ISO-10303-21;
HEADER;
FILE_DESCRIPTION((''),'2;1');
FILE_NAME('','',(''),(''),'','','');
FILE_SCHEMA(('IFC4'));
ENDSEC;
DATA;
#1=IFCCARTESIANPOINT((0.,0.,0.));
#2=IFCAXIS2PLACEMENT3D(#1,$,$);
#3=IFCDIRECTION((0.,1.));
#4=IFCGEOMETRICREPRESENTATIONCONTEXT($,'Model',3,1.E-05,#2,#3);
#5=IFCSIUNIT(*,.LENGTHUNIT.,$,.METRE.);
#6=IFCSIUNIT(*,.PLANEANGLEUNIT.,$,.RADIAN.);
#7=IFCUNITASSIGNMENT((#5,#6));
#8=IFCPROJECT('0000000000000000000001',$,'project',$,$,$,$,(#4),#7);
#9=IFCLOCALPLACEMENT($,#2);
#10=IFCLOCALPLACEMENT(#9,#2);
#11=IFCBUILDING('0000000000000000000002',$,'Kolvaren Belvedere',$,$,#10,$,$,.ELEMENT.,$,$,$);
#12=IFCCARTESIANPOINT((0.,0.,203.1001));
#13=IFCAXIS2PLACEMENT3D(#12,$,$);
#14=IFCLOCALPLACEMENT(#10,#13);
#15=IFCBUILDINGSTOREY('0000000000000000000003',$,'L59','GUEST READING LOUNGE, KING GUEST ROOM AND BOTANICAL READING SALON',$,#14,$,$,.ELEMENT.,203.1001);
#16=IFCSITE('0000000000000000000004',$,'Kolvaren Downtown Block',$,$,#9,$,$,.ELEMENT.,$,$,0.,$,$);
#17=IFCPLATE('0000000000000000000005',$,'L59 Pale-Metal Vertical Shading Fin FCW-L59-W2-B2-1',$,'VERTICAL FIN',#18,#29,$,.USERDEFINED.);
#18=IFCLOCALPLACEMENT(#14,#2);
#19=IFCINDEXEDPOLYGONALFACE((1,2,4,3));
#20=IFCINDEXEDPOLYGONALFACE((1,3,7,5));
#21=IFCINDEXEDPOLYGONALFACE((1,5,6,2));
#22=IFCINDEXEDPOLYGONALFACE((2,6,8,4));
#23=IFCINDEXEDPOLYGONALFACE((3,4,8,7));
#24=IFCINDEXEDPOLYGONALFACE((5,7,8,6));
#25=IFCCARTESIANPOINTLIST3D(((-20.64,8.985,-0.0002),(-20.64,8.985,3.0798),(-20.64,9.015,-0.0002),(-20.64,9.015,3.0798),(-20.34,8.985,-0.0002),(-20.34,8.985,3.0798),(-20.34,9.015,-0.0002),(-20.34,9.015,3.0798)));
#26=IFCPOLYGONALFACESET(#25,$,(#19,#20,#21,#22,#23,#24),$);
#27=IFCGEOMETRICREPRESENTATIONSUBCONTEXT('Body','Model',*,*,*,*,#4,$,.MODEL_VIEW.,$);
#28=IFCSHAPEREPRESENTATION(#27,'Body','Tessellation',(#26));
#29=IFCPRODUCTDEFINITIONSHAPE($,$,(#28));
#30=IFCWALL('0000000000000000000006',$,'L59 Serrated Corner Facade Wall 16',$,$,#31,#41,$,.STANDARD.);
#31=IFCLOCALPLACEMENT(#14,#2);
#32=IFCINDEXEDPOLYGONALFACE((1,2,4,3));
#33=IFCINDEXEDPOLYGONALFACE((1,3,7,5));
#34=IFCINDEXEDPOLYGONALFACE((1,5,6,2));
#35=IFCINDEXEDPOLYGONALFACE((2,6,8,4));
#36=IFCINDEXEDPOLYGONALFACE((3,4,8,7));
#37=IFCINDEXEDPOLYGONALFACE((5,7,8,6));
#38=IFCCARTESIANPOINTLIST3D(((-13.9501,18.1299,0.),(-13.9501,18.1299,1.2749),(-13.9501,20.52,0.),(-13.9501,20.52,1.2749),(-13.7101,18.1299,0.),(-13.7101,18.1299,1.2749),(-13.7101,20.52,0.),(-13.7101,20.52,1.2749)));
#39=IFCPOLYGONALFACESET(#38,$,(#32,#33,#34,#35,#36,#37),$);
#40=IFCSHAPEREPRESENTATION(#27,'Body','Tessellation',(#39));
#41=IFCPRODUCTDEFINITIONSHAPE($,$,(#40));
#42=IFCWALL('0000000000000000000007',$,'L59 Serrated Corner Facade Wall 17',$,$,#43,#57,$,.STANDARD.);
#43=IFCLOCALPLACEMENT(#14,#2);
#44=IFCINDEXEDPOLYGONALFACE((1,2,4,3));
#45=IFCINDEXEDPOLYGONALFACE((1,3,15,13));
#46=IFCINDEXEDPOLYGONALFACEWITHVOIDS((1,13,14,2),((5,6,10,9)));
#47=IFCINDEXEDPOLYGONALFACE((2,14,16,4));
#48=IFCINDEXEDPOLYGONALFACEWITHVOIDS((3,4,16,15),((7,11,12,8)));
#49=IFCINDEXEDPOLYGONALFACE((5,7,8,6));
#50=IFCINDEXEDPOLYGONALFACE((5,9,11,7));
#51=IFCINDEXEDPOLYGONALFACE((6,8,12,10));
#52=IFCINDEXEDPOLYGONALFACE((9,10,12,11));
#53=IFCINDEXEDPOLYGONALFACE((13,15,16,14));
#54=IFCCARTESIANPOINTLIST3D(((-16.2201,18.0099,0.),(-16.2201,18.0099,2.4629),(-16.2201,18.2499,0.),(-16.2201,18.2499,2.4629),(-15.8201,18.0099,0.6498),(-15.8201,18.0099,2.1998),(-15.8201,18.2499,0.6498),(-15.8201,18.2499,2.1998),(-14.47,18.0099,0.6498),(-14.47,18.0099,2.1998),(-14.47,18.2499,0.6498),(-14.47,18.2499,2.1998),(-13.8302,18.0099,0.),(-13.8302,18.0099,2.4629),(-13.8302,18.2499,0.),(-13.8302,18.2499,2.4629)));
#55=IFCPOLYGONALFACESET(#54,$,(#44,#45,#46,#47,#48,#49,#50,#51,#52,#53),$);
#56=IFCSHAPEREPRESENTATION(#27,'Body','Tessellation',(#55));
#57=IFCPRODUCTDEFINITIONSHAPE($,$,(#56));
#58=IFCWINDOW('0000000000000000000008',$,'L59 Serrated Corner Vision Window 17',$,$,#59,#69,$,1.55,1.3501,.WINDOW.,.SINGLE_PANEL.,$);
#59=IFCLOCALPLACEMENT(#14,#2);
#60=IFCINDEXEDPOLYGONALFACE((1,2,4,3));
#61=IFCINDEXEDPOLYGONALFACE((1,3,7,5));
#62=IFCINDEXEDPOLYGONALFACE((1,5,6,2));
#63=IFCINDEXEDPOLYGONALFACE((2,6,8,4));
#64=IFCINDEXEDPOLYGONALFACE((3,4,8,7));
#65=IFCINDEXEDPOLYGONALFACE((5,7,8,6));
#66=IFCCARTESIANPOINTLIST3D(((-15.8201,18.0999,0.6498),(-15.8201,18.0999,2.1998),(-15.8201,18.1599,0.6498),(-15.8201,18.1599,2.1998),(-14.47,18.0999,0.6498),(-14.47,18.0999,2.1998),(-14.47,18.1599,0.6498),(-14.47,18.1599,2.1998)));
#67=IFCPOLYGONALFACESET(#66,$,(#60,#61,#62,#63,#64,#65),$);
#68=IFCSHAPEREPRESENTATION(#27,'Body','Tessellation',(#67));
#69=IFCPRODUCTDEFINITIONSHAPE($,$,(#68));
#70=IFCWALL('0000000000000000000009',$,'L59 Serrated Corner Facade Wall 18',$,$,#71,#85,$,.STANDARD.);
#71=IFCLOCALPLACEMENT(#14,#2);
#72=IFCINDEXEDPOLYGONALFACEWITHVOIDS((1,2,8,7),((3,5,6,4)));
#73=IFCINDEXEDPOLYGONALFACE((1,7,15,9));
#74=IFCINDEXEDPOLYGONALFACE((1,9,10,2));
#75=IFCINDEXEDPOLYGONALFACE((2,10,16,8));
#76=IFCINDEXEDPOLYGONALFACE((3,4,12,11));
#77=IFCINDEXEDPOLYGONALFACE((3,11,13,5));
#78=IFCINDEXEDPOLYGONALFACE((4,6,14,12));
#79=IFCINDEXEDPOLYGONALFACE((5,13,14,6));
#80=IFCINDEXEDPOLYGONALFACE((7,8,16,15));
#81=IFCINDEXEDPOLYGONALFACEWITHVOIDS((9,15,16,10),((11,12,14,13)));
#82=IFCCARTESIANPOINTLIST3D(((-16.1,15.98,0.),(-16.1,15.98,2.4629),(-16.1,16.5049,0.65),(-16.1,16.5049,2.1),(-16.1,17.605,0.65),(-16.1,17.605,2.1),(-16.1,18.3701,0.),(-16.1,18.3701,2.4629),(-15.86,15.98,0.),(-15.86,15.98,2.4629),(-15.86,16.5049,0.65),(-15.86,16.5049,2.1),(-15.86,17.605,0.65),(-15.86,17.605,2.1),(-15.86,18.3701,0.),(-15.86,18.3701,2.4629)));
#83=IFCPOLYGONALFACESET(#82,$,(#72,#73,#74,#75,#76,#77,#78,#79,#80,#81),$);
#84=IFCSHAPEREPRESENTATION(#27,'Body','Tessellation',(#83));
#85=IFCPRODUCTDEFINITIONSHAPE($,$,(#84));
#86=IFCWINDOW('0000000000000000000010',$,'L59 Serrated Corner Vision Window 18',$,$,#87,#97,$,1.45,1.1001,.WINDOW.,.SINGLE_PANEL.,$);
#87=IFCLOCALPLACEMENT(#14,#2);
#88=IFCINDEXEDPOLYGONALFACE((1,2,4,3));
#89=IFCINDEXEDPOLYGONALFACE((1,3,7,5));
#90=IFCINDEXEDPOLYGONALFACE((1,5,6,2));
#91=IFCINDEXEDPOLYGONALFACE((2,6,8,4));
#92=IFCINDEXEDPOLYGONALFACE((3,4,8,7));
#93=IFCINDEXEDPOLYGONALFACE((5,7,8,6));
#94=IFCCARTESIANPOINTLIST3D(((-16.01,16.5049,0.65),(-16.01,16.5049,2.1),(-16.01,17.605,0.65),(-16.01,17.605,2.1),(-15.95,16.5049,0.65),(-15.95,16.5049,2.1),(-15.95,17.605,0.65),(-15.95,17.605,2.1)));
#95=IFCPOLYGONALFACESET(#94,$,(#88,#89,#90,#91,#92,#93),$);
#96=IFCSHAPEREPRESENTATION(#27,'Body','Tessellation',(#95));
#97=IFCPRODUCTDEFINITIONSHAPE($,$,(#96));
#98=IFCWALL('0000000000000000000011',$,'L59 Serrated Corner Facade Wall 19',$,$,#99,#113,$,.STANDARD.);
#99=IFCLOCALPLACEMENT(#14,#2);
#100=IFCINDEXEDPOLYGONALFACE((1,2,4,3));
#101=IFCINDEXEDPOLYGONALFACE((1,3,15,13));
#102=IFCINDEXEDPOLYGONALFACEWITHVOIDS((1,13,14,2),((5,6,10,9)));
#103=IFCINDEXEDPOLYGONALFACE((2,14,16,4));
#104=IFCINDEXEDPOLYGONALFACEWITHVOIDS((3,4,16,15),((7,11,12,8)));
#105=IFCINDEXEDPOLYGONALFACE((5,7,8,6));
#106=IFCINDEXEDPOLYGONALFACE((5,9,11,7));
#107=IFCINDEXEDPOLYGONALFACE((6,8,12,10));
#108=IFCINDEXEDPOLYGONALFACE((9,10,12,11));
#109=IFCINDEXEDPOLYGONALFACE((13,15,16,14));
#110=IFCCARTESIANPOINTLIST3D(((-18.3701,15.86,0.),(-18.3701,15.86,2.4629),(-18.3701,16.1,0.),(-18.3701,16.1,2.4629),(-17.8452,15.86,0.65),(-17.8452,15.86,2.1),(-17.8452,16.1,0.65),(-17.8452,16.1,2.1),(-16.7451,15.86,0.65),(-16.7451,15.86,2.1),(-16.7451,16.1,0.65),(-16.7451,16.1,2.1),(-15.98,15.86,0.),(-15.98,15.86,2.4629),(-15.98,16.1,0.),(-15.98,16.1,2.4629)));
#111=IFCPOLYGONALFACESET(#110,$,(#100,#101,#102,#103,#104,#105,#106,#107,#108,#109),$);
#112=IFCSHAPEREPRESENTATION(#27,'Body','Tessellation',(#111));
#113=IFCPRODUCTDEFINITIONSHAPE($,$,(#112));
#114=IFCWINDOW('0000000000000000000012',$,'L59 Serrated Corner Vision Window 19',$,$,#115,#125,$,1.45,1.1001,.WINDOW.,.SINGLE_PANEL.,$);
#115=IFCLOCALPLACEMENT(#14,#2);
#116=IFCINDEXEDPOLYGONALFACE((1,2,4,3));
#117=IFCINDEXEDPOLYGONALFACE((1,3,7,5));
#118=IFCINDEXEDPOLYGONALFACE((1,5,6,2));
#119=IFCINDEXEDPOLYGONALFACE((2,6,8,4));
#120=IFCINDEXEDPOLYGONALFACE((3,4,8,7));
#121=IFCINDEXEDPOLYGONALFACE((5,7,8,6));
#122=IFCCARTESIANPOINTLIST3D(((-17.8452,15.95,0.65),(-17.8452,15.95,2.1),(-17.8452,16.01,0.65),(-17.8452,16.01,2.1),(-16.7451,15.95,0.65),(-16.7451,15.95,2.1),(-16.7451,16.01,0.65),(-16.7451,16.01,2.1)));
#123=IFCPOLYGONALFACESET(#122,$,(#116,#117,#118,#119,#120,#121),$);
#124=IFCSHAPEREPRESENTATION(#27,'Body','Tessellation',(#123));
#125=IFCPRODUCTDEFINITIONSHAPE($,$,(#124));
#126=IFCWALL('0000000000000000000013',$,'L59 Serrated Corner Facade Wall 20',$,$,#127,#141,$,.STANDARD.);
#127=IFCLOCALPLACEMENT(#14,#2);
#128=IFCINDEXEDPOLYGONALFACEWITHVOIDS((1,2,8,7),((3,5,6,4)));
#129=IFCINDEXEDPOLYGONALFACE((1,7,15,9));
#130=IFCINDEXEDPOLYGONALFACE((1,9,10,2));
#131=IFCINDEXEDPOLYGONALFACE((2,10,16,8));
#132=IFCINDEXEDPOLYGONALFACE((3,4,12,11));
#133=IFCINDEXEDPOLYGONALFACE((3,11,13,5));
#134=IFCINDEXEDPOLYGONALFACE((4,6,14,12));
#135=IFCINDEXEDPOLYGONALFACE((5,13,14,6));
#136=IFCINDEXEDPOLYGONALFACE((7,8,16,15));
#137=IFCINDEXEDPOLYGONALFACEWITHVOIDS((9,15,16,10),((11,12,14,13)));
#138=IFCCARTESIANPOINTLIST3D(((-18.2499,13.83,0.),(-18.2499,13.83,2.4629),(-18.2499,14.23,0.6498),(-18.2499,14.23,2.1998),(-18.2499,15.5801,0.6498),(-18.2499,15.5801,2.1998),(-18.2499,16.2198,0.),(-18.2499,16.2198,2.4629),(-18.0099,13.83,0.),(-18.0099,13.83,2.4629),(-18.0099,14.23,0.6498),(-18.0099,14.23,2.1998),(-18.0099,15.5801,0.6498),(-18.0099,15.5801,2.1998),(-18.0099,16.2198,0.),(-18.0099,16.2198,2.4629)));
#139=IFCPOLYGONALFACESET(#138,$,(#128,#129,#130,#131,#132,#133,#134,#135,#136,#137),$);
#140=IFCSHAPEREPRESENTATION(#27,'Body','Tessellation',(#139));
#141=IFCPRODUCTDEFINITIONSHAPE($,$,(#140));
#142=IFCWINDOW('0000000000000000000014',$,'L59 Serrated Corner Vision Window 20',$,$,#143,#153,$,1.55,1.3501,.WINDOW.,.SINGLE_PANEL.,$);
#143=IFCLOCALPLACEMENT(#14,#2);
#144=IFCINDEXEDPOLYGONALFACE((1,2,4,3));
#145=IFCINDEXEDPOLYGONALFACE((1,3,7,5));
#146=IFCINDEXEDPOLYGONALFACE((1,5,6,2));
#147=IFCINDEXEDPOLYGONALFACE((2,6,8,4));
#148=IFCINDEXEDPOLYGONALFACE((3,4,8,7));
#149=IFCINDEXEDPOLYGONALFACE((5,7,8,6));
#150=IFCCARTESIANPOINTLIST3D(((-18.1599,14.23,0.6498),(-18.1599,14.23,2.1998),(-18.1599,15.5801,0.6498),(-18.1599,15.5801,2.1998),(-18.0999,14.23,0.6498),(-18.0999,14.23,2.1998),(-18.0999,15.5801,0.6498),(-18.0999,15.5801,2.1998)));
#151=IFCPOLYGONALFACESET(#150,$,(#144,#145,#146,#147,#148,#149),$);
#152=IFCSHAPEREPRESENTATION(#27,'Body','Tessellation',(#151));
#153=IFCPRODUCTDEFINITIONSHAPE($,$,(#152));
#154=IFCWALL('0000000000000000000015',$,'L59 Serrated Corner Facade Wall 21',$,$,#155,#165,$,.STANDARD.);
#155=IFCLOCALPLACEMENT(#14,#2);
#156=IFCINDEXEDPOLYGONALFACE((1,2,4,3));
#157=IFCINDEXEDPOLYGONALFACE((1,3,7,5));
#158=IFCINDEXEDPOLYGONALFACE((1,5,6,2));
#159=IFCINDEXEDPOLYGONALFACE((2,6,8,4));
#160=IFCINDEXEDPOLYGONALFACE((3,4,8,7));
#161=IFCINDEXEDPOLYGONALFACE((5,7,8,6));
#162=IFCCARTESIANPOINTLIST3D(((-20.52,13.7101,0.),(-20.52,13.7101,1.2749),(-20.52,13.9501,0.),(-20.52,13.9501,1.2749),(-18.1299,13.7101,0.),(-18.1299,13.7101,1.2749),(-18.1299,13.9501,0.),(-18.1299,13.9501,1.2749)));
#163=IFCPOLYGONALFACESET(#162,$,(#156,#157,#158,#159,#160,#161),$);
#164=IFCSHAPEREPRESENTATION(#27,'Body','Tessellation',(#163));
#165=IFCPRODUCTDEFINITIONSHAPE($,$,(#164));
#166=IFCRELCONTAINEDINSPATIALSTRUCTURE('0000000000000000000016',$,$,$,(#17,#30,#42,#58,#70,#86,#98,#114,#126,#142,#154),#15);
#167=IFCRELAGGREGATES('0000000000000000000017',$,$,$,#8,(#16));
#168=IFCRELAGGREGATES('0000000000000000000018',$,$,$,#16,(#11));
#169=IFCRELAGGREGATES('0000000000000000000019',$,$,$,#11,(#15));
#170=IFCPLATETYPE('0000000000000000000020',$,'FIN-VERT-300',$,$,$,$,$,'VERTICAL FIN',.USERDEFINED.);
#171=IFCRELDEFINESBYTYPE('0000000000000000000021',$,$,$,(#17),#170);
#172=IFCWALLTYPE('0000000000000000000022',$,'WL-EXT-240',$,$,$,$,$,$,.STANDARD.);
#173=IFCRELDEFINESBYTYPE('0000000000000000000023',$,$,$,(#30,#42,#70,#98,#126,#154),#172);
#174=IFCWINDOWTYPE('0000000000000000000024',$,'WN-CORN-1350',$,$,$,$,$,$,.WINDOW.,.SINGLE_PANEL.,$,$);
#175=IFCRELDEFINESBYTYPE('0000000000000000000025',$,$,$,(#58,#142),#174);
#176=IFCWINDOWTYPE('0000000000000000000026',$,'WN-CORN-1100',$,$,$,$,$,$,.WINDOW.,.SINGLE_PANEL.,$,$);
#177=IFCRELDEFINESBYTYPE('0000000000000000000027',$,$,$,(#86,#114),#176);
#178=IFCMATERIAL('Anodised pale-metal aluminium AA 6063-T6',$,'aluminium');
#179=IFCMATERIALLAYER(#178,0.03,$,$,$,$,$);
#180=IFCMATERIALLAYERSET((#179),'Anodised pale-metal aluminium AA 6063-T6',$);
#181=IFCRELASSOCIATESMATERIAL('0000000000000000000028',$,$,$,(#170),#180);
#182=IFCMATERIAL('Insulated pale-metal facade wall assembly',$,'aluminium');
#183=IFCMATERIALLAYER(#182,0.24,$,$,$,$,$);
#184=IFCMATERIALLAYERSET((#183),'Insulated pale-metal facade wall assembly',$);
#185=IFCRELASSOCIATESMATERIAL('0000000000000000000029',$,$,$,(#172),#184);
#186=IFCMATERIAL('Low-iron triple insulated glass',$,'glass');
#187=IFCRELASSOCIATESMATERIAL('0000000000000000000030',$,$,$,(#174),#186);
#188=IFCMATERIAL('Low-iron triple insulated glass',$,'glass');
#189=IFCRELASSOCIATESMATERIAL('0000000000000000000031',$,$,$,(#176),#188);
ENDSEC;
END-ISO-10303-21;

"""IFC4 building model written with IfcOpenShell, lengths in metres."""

from ifc_helpers import new_model, si_unit, direction, frame, frame_2d, origin, origin_2d, place, context, subcontext, project, spatial, rectangle, extrude, material, layer, layer_set, type_object, element, fill, save


model = new_model("IFC4")

# Units and contexts
model_context = context("Model", 3, precision=1e-05, world=origin(), true_north=direction((0.0, 1.0)))
body_context = subcontext(model_context, "Body", "Model", "MODEL_VIEW")
ifc_project = project(units=[si_unit("LENGTHUNIT", "METRE"), si_unit("PLANEANGLEUNIT", "RADIAN")], contexts=[model_context])

# Site, building, storey
site_placement = place(None, origin())
site = spatial("IfcSite", under=ifc_project, at=site_placement, Name="Kolvaren Downtown Block", CompositionType="ELEMENT", RefElevation=0.0)
building_placement = place(site_placement, origin())
building = spatial("IfcBuilding", under=site, at=building_placement, Name="Kolvaren Belvedere", CompositionType="ELEMENT")
storey_placement = place(building_placement, frame((0.0, 0.0, 203.1001)))
storey = spatial("IfcBuildingStorey", under=building, at=storey_placement, Name="L59", Description="GUEST READING LOUNGE, KING GUEST ROOM AND BOTANICAL READING SALON", CompositionType="ELEMENT", Elevation=203.1001)

# Plate
ifc_material_1 = material(Name="Anodised pale-metal aluminium AA 6063-T6", Category="aluminium")
ifc_layer_1 = layer(ifc_material_1, 0.03)
ifc_layer_set_1 = layer_set([ifc_layer_1], Name="Anodised pale-metal aluminium AA 6063-T6")
plate_type_1 = type_object("IfcPlateType", Name="FIN-VERT-300", ElementType="VERTICAL FIN", PredefinedType="USERDEFINED", material=ifc_layer_set_1)
plate_1_placement = place(storey_placement, frame((-20.49, 9.0, -0.0002), z_axis=(0.0, 0.0, 1.0), x_axis=(1.0, 0.0, 0.0)))
element("IfcPlate", 1, at=plate_1_placement, inside=storey, type_object=plate_type_1, Name="L59 Pale-Metal Vertical Shading Fin FCW-L59-W2-B2-1", ObjectType="VERTICAL FIN", PredefinedType="USERDEFINED", context=body_context, shape_type="SweptSolid", body=[
    extrude(rectangle(XDim=0.3, YDim=0.03, at=origin_2d()), origin(), (0.0, 0.0, 1.0), 3.0801),
])

# Wall
ifc_material_2 = material(Name="Insulated pale-metal facade wall assembly", Category="aluminium")
ifc_layer_2 = layer(ifc_material_2, 0.24)
ifc_layer_set_2 = layer_set([ifc_layer_2], Name="Insulated pale-metal facade wall assembly")
wall_type_1 = type_object("IfcWallType", Name="WL-EXT-240", PredefinedType="STANDARD", material=ifc_layer_set_2)
wall_1_placement = place(storey_placement, frame((-13.8301, 18.1299, 0.0), z_axis=(0.0, 0.0, 1.0), x_axis=(0.0, 1.0, 0.0)))
element("IfcWall", 2, at=wall_1_placement, inside=storey, type_object=wall_type_1, Name="L59 Serrated Corner Facade Wall 16", PredefinedType="STANDARD", context=body_context, shape_type="SweptSolid", body=[
    extrude(rectangle(XDim=2.3901, YDim=0.24, at=frame_2d((1.1951, 0.0))), origin(), (0.0, 0.0, 1.0), 1.2749),
])

# Walls, openings, windows
wall_2_placement = place(storey_placement, frame((-16.22, 18.1299, 0.0), z_axis=(0.0, 0.0, 1.0), x_axis=(1.0, 0.0, 0.0)))
wall_2 = element("IfcWall", 3, at=wall_2_placement, inside=storey, type_object=wall_type_1, Name="L59 Serrated Corner Facade Wall 17", PredefinedType="STANDARD", context=body_context, shape_type="SweptSolid", body=[
    extrude(rectangle(XDim=2.3899, YDim=0.24, at=frame_2d((1.1948, 0.0))), origin(), (0.0, 0.0, 1.0), 2.4629),
])
opening_1_placement = place(wall_2_placement, frame((0.3999, 0.0, 0.6499)))
opening_1 = element("IfcOpeningElement", 4, at=opening_1_placement, cuts=wall_2, PredefinedType="OPENING", context=body_context, shape_type="SweptSolid", body=[
    extrude(rectangle(XDim=1.3501, YDim=1.55, at=frame_2d((0.675, 0.7749))), frame((0.0, 0.1299, 0.0), z_axis=(0.0, -1.0, 0.0), x_axis=(1.0, 0.0, 0.0)), (0.0, 0.0, 1.0), 0.26),
])
ifc_material_3 = material(Name="Low-iron triple insulated glass", Category="glass")
window_type_1 = type_object("IfcWindowType", Name="WN-CORN-1350", PartitioningType="SINGLE_PANEL", PredefinedType="WINDOW", material=ifc_material_3)
window_1_placement = place(opening_1_placement, origin())
window_1 = element("IfcWindow", 5, at=window_1_placement, inside=storey, type_object=window_type_1, Name="L59 Serrated Corner Vision Window 17", OverallHeight=1.55, OverallWidth=1.3501, PartitioningType="SINGLE_PANEL", PredefinedType="WINDOW", context=body_context, shape_type="SweptSolid", body=[
    extrude(rectangle(XDim=1.3501, YDim=1.55, at=frame_2d((0.675, 0.7749))), frame((0.0, 0.03, 0.0), z_axis=(0.0, -1.0, 0.0), x_axis=(1.0, 0.0, 0.0)), (0.0, 0.0, 1.0), 0.0601),
])
fill(opening_1, window_1)
wall_3_placement = place(storey_placement, frame((-15.98, 15.98, 0.0), z_axis=(0.0, 0.0, 1.0), x_axis=(0.0, 1.0, 0.0)))
wall_3 = element("IfcWall", 6, at=wall_3_placement, inside=storey, type_object=wall_type_1, Name="L59 Serrated Corner Facade Wall 18", PredefinedType="STANDARD", context=body_context, shape_type="SweptSolid", body=[
    extrude(rectangle(XDim=2.3901, YDim=0.24, at=frame_2d((1.1951, 0.0))), origin(), (0.0, 0.0, 1.0), 2.4629),
])
opening_2_placement = place(wall_3_placement, frame((0.5249, 0.0, 0.6499)))
opening_2 = element("IfcOpeningElement", 7, at=opening_2_placement, cuts=wall_3, PredefinedType="OPENING", context=body_context, shape_type="SweptSolid", body=[
    extrude(rectangle(XDim=1.1001, YDim=1.45, at=frame_2d((0.55, 0.7251))), frame((0.0, 0.1299, 0.0), z_axis=(0.0, -1.0, 0.0), x_axis=(1.0, 0.0, 0.0)), (0.0, 0.0, 1.0), 0.26),
])
ifc_material_4 = material(Name="Low-iron triple insulated glass", Category="glass")
window_type_2 = type_object("IfcWindowType", Name="WN-CORN-1100", PartitioningType="SINGLE_PANEL", PredefinedType="WINDOW", material=ifc_material_4)
window_2_placement = place(opening_2_placement, origin())
window_2 = element("IfcWindow", 8, at=window_2_placement, inside=storey, type_object=window_type_2, Name="L59 Serrated Corner Vision Window 18", OverallHeight=1.45, OverallWidth=1.1001, PartitioningType="SINGLE_PANEL", PredefinedType="WINDOW", context=body_context, shape_type="SweptSolid", body=[
    extrude(rectangle(XDim=1.1001, YDim=1.45, at=frame_2d((0.55, 0.7251))), frame((0.0, 0.03, 0.0), z_axis=(0.0, -1.0, 0.0), x_axis=(1.0, 0.0, 0.0)), (0.0, 0.0, 1.0), 0.0601),
])
fill(opening_2, window_2)
wall_4_placement = place(storey_placement, frame((-18.3701, 15.98, 0.0), z_axis=(0.0, 0.0, 1.0), x_axis=(1.0, 0.0, 0.0)))
wall_4 = element("IfcWall", 9, at=wall_4_placement, inside=storey, type_object=wall_type_1, Name="L59 Serrated Corner Facade Wall 19", PredefinedType="STANDARD", context=body_context, shape_type="SweptSolid", body=[
    extrude(rectangle(XDim=2.3901, YDim=0.24, at=frame_2d((1.1951, 0.0))), origin(), (0.0, 0.0, 1.0), 2.4629),
])
opening_3_placement = place(wall_4_placement, frame((0.5249, 0.0, 0.6499)))
opening_3 = element("IfcOpeningElement", 10, at=opening_3_placement, cuts=wall_4, PredefinedType="OPENING", context=body_context, shape_type="SweptSolid", body=[
    extrude(rectangle(XDim=1.1001, YDim=1.45, at=frame_2d((0.55, 0.7251))), frame((0.0, 0.1299, 0.0), z_axis=(0.0, -1.0, 0.0), x_axis=(1.0, 0.0, 0.0)), (0.0, 0.0, 1.0), 0.26),
])
window_3_placement = place(opening_3_placement, origin())
window_3 = element("IfcWindow", 11, at=window_3_placement, inside=storey, type_object=window_type_2, Name="L59 Serrated Corner Vision Window 19", OverallHeight=1.45, OverallWidth=1.1001, PartitioningType="SINGLE_PANEL", PredefinedType="WINDOW", context=body_context, shape_type="SweptSolid", body=[
    extrude(rectangle(XDim=1.1001, YDim=1.45, at=frame_2d((0.55, 0.7251))), frame((0.0, 0.03, 0.0), z_axis=(0.0, -1.0, 0.0), x_axis=(1.0, 0.0, 0.0)), (0.0, 0.0, 1.0), 0.0601),
])
fill(opening_3, window_3)
wall_5_placement = place(storey_placement, frame((-18.1299, 13.8301, 0.0), z_axis=(0.0, 0.0, 1.0), x_axis=(0.0, 1.0, 0.0)))
wall_5 = element("IfcWall", 12, at=wall_5_placement, inside=storey, type_object=wall_type_1, Name="L59 Serrated Corner Facade Wall 20", PredefinedType="STANDARD", context=body_context, shape_type="SweptSolid", body=[
    extrude(rectangle(XDim=2.3899, YDim=0.24, at=frame_2d((1.1948, 0.0))), origin(), (0.0, 0.0, 1.0), 2.4629),
])
opening_4_placement = place(wall_5_placement, frame((0.3999, 0.0, 0.6499)))
opening_4 = element("IfcOpeningElement", 13, at=opening_4_placement, cuts=wall_5, PredefinedType="OPENING", context=body_context, shape_type="SweptSolid", body=[
    extrude(rectangle(XDim=1.3501, YDim=1.55, at=frame_2d((0.675, 0.7749))), frame((0.0, 0.1299, 0.0), z_axis=(0.0, -1.0, 0.0), x_axis=(1.0, 0.0, 0.0)), (0.0, 0.0, 1.0), 0.26),
])
window_4_placement = place(opening_4_placement, origin())
window_4 = element("IfcWindow", 14, at=window_4_placement, inside=storey, type_object=window_type_1, Name="L59 Serrated Corner Vision Window 20", OverallHeight=1.55, OverallWidth=1.3501, PartitioningType="SINGLE_PANEL", PredefinedType="WINDOW", context=body_context, shape_type="SweptSolid", body=[
    extrude(rectangle(XDim=1.3501, YDim=1.55, at=frame_2d((0.675, 0.7749))), frame((0.0, 0.03, 0.0), z_axis=(0.0, -1.0, 0.0), x_axis=(1.0, 0.0, 0.0)), (0.0, 0.0, 1.0), 0.0601),
])
fill(opening_4, window_4)

# Wall
wall_6_placement = place(storey_placement, frame((-20.52, 13.8301, 0.0), z_axis=(0.0, 0.0, 1.0), x_axis=(1.0, 0.0, 0.0)))
element("IfcWall", 15, at=wall_6_placement, inside=storey, type_object=wall_type_1, Name="L59 Serrated Corner Facade Wall 21", PredefinedType="STANDARD", context=body_context, shape_type="SweptSolid", body=[
    extrude(rectangle(XDim=2.3901, YDim=0.24, at=frame_2d((1.1951, 0.0))), origin(), (0.0, 0.0, 1.0), 1.2749),
])

save(model, "model.ifc")
